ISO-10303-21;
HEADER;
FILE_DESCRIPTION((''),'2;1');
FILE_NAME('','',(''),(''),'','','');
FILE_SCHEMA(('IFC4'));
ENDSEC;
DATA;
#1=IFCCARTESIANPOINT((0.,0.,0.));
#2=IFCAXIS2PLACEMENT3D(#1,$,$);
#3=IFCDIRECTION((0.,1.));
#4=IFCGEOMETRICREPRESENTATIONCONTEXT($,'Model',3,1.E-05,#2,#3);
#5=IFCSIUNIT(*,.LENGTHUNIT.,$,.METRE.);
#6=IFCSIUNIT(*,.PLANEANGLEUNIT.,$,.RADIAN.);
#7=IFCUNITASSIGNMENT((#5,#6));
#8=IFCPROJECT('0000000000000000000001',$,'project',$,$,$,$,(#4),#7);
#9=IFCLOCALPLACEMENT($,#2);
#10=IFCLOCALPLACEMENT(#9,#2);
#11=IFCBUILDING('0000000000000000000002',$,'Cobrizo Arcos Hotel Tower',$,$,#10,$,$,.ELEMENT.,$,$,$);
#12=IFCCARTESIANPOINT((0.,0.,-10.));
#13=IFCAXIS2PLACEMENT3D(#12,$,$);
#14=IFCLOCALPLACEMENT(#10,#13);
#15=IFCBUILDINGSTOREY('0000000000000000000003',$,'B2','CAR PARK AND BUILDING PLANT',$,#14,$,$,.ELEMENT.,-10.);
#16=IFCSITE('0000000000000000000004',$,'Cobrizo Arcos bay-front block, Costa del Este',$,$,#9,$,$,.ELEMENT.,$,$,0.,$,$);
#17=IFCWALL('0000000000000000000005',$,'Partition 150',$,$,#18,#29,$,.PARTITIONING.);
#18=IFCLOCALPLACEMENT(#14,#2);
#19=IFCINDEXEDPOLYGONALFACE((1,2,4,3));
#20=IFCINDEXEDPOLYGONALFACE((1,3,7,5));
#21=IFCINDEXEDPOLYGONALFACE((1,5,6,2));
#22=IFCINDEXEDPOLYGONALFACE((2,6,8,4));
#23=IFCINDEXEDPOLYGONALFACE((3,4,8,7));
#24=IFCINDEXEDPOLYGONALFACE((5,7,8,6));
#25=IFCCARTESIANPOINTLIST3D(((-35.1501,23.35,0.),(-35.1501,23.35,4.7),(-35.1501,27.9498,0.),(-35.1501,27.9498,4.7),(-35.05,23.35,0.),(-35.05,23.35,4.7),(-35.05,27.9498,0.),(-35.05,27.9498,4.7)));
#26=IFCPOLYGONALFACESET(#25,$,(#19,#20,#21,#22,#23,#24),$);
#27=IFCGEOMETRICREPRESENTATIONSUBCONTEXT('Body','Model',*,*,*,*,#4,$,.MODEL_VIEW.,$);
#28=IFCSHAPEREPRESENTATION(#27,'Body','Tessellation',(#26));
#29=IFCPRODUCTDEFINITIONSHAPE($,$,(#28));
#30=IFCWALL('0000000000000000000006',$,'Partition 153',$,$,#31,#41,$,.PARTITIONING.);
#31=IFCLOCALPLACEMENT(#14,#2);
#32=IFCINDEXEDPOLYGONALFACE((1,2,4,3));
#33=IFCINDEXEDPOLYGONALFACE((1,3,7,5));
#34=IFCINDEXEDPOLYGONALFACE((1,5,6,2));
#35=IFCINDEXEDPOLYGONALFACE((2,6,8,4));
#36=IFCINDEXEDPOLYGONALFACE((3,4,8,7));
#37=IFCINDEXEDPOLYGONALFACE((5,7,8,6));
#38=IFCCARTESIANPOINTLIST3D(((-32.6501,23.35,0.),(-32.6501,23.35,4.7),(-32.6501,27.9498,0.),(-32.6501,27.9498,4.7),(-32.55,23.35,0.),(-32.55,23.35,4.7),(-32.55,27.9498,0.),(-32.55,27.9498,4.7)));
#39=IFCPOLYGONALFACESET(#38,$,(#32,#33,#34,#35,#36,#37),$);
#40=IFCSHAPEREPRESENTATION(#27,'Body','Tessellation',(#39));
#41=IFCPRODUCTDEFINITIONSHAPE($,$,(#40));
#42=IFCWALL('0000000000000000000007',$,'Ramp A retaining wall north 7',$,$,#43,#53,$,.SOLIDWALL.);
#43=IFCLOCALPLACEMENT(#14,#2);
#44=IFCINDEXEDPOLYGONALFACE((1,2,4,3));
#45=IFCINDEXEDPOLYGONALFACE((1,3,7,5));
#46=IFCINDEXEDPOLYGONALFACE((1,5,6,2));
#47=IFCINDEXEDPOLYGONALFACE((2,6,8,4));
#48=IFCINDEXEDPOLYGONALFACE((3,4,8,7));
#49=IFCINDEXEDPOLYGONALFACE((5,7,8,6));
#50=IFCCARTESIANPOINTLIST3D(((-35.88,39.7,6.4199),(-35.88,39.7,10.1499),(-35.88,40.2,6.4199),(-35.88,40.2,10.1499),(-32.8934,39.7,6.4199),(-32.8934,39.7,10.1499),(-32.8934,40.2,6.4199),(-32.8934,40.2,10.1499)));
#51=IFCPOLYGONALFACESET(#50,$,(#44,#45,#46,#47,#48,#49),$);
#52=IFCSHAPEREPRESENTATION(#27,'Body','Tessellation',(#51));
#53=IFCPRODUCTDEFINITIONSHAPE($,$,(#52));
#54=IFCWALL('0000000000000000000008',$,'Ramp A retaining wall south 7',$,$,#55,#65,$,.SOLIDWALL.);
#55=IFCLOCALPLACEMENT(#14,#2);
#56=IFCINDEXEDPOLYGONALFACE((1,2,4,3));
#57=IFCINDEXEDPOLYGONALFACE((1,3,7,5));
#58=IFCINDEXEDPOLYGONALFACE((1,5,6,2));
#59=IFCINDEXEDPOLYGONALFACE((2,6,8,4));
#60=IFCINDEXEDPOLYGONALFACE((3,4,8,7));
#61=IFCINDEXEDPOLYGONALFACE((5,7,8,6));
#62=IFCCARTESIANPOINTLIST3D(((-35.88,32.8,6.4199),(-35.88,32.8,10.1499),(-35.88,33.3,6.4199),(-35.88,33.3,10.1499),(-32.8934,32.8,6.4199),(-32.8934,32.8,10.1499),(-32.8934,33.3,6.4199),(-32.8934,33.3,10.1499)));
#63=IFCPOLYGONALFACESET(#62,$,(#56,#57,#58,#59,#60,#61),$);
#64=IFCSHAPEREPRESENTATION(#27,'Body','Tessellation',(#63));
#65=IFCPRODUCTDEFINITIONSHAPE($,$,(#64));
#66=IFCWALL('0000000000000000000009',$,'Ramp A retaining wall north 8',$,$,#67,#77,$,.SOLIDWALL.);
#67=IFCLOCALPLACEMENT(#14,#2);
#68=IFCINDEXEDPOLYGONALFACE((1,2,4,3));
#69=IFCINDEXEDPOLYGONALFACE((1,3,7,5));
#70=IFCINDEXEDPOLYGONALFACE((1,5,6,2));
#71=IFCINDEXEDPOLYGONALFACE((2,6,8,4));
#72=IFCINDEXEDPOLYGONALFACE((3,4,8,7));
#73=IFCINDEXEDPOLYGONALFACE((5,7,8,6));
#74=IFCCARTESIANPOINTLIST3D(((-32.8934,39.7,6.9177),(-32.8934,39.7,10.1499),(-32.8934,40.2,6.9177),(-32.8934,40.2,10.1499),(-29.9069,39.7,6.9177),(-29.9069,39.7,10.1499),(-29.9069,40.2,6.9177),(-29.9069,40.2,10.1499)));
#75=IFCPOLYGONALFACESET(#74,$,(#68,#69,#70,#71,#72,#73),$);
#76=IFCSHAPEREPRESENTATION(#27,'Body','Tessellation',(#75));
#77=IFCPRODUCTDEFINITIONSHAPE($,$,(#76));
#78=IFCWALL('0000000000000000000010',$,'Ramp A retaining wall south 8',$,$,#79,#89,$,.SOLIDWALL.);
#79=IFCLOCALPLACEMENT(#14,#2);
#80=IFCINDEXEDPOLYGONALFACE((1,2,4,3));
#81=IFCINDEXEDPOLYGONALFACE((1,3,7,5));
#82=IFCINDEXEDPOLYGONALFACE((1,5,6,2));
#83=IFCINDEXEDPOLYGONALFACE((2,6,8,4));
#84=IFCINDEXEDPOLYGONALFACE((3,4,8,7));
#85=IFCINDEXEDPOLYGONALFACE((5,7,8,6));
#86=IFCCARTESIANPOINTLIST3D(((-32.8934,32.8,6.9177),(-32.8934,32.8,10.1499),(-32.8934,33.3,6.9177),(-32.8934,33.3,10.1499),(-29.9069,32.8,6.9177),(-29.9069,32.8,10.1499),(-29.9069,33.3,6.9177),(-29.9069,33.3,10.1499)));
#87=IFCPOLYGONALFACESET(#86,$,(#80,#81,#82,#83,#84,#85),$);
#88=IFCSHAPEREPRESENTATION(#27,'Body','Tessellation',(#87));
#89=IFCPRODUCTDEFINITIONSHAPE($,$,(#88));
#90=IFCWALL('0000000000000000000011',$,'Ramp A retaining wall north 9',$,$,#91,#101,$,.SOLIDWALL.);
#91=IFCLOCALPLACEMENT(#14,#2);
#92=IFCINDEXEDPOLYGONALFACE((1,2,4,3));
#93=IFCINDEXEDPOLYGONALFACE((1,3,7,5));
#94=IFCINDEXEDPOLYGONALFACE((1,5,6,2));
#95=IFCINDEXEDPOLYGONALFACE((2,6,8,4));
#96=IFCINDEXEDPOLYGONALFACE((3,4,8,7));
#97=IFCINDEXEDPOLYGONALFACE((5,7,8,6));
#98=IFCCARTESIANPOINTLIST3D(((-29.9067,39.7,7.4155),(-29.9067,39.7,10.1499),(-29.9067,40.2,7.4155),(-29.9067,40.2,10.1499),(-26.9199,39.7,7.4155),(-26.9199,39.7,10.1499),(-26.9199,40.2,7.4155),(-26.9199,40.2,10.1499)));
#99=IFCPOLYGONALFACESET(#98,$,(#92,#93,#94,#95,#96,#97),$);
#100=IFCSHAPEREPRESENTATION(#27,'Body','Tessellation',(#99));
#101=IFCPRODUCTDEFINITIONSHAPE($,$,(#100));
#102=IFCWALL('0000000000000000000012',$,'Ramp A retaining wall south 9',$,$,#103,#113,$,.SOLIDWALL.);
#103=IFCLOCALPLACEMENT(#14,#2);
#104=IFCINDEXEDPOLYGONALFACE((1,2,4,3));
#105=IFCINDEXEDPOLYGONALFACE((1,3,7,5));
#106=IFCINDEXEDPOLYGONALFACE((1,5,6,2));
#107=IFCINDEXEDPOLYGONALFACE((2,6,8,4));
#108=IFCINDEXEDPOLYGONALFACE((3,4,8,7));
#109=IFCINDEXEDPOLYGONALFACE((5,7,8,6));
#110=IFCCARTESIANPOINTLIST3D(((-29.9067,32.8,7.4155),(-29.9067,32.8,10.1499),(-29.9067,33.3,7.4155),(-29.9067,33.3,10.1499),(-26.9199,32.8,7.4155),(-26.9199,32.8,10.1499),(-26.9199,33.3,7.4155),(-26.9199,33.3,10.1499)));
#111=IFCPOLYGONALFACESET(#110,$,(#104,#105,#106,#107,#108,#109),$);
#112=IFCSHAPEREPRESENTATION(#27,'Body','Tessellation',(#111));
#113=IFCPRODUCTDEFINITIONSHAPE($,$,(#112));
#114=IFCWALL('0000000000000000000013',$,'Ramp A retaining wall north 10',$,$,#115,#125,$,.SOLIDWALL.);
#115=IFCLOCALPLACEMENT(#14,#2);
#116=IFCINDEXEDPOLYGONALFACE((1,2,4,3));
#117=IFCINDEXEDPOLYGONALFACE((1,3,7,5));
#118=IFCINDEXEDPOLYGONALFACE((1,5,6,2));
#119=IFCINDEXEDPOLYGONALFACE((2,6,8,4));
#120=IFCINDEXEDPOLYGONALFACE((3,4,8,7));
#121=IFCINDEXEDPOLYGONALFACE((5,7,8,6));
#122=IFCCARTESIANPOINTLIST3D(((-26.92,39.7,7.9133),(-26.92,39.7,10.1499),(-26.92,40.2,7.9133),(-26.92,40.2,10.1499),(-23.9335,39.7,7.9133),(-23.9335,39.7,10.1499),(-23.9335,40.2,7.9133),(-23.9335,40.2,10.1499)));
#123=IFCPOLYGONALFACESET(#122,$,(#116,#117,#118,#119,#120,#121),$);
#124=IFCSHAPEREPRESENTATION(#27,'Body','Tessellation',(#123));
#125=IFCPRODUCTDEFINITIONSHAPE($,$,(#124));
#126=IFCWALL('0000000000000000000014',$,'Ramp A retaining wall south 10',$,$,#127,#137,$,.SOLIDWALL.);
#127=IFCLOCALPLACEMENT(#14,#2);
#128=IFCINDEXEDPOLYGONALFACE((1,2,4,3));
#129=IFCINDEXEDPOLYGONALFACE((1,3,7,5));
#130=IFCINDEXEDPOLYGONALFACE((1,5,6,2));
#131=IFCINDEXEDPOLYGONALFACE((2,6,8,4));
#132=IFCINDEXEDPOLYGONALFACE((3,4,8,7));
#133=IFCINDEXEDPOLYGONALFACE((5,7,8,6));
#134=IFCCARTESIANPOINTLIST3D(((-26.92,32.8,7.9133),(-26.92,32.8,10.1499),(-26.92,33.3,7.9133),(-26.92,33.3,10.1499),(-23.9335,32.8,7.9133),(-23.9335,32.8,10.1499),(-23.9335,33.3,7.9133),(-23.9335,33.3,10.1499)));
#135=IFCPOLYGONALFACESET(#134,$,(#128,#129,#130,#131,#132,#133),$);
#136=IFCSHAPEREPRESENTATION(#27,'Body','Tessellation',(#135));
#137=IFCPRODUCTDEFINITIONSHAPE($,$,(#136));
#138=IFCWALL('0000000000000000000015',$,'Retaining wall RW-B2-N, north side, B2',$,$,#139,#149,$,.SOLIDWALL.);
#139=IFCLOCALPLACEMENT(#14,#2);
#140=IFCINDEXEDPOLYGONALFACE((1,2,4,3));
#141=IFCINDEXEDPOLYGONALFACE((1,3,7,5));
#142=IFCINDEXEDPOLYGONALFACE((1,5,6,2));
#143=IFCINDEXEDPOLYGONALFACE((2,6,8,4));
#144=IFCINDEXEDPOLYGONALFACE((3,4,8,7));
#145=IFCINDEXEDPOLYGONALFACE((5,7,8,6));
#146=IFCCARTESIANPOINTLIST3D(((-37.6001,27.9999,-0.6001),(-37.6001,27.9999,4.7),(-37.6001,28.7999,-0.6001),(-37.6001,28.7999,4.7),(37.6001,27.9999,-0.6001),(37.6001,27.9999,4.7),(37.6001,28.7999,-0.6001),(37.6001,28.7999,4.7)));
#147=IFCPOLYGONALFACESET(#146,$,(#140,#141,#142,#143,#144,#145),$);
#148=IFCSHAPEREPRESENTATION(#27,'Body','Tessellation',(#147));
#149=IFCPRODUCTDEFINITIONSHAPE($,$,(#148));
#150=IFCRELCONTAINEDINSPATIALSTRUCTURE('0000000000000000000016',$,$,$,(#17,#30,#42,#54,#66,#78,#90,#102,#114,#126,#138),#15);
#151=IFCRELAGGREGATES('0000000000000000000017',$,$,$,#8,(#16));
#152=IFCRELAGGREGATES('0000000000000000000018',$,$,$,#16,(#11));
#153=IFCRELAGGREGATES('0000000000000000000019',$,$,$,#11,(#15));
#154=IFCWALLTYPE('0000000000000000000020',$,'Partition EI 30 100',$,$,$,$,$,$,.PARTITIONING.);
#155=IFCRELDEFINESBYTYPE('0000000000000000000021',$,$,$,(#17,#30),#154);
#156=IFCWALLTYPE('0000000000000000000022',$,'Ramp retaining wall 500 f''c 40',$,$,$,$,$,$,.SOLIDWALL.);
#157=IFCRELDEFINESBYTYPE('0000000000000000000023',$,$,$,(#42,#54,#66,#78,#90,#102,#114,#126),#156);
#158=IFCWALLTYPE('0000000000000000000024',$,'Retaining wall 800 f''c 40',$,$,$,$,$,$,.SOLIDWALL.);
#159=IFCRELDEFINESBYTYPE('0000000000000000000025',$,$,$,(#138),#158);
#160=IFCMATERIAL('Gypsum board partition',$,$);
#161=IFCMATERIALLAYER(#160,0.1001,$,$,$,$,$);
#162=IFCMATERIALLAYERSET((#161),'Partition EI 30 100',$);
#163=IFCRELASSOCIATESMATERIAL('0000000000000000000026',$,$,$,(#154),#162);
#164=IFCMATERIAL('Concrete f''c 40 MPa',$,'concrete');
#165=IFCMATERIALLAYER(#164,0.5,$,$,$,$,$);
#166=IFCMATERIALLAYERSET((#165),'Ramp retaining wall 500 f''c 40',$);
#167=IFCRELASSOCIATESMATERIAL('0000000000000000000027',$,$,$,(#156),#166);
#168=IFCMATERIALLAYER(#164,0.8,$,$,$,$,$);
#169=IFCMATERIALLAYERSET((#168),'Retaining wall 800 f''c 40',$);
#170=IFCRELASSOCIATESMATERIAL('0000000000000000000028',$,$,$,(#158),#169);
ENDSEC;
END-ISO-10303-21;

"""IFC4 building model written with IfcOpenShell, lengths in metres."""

from ifc_helpers import new_model, si_unit, direction, frame, frame_2d, origin, place, context, subcontext, project, spatial, rectangle, extrude, material, layer, layer_set, type_object, element, save


model = new_model("IFC4")

# Units and contexts
model_context = context("Model", 3, precision=1e-05, world=origin(), true_north=direction((0.0, 1.0)))
body_context = subcontext(model_context, "Body", "Model", "MODEL_VIEW")
ifc_project = project(units=[si_unit("LENGTHUNIT", "METRE"), si_unit("PLANEANGLEUNIT", "RADIAN")], contexts=[model_context])

# Site, building, storey
site_placement = place(None, origin())
site = spatial("IfcSite", under=ifc_project, at=site_placement, Name="Cobrizo Arcos bay-front block, Costa del Este", CompositionType="ELEMENT", RefElevation=0.0)
building_placement = place(site_placement, origin())
building = spatial("IfcBuilding", under=site, at=building_placement, Name="Cobrizo Arcos Hotel Tower", CompositionType="ELEMENT")
storey_placement = place(building_placement, frame((0.0, 0.0, -10.0)))
storey = spatial("IfcBuildingStorey", under=building, at=storey_placement, Name="B2", Description="CAR PARK AND BUILDING PLANT", CompositionType="ELEMENT", Elevation=-10.0)

# Shared definitions
ifc_material_1 = material(Name="Concrete f'c 40 MPa", Category="concrete")

# Walls
ifc_material_2 = material(Name="Gypsum board partition")
ifc_layer_1 = layer(ifc_material_2, 0.1001)
ifc_layer_set_1 = layer_set([ifc_layer_1], Name="Partition EI 30 100")
wall_type_1 = type_object("IfcWallType", Name="Partition EI 30 100", PredefinedType="PARTITIONING", material=ifc_layer_set_1)
for number, where, z_axis, x_axis, name in (
    (1, (-35.1001, 23.3501, 0.0), (0.0, 0.0, 1.0), (0.0, 1.0, 0.0), "Partition 150"),
    (2, (-32.6001, 23.3501, 0.0), (0.0, 0.0, 1.0), (0.0, 1.0, 0.0), "Partition 153"),
):
    element("IfcWall", number, at=place(storey_placement, frame(where, z_axis=z_axis, x_axis=x_axis)), inside=storey, type_object=wall_type_1, Name=name, PredefinedType="PARTITIONING", context=body_context, shape_type="SweptSolid", body=[
        extrude(rectangle(XDim=4.5999, YDim=0.1001, at=frame_2d((2.2998, 0.0))), origin(), (0.0, 0.0, 1.0), 4.7),
    ])
ifc_layer_2 = layer(ifc_material_1, 0.5)
ifc_layer_set_2 = layer_set([ifc_layer_2], Name="Ramp retaining wall 500 f'c 40")
wall_type_2 = type_object("IfcWallType", Name="Ramp retaining wall 500 f'c 40", PredefinedType="SOLIDWALL", material=ifc_layer_set_2)
for number, where, z_axis, x_axis, name in (
    (3, (-35.8799, 39.95, 6.4199), (0.0, 0.0, 1.0), (1.0, 0.0, 0.0), "Ramp A retaining wall north 7"),
    (4, (-35.8799, 33.05, 6.4199), (0.0, 0.0, 1.0), (1.0, 0.0, 0.0), "Ramp A retaining wall south 7"),
):
    element("IfcWall", number, at=place(storey_placement, frame(where, z_axis=z_axis, x_axis=x_axis)), inside=storey, type_object=wall_type_2, Name=name, PredefinedType="SOLIDWALL", context=body_context, shape_type="SweptSolid", body=[
        extrude(rectangle(XDim=2.9866, YDim=0.5, at=frame_2d((1.4932, 0.0))), origin(), (0.0, 0.0, 1.0), 3.73),
    ])
for number, where, z_axis, x_axis, name in (
    (5, (-32.8933, 39.95, 6.9177), (0.0, 0.0, 1.0), (1.0, 0.0, 0.0), "Ramp A retaining wall north 8"),
    (6, (-32.8933, 33.05, 6.9177), (0.0, 0.0, 1.0), (1.0, 0.0, 0.0), "Ramp A retaining wall south 8"),
):
    element("IfcWall", number, at=place(storey_placement, frame(where, z_axis=z_axis, x_axis=x_axis)), inside=storey, type_object=wall_type_2, Name=name, PredefinedType="SOLIDWALL", context=body_context, shape_type="SweptSolid", body=[
        extrude(rectangle(XDim=2.9866, YDim=0.5, at=frame_2d((1.4932, 0.0))), origin(), (0.0, 0.0, 1.0), 3.2322),
    ])
for number, where, z_axis, x_axis, name in (
    (7, (-29.9067, 39.95, 7.4155), (0.0, 0.0, 1.0), (1.0, 0.0, 0.0), "Ramp A retaining wall north 9"),
    (8, (-29.9067, 33.05, 7.4155), (0.0, 0.0, 1.0), (1.0, 0.0, 0.0), "Ramp A retaining wall south 9"),
):
    element("IfcWall", number, at=place(storey_placement, frame(where, z_axis=z_axis, x_axis=x_axis)), inside=storey, type_object=wall_type_2, Name=name, PredefinedType="SOLIDWALL", context=body_context, shape_type="SweptSolid", body=[
        extrude(rectangle(XDim=2.9868, YDim=0.5, at=frame_2d((1.4934, 0.0))), origin(), (0.0, 0.0, 1.0), 2.7344),
    ])
for number, where, z_axis, x_axis, name in (
    (9, (-26.9199, 39.95, 7.9133), (0.0, 0.0, 1.0), (1.0, 0.0, 0.0), "Ramp A retaining wall north 10"),
    (10, (-26.9199, 33.05, 7.9133), (0.0, 0.0, 1.0), (1.0, 0.0, 0.0), "Ramp A retaining wall south 10"),
):
    element("IfcWall", number, at=place(storey_placement, frame(where, z_axis=z_axis, x_axis=x_axis)), inside=storey, type_object=wall_type_2, Name=name, PredefinedType="SOLIDWALL", context=body_context, shape_type="SweptSolid", body=[
        extrude(rectangle(XDim=2.9866, YDim=0.5, at=frame_2d((1.4932, 0.0))), origin(), (0.0, 0.0, 1.0), 2.2366),
    ])
ifc_layer_3 = layer(ifc_material_1, 0.8)
ifc_layer_set_3 = layer_set([ifc_layer_3], Name="Retaining wall 800 f'c 40")
wall_type_3 = type_object("IfcWallType", Name="Retaining wall 800 f'c 40", PredefinedType="SOLIDWALL", material=ifc_layer_set_3)
wall_1_placement = place(storey_placement, frame((-37.6001, 28.3999, -0.6001), z_axis=(0.0, 0.0, 1.0), x_axis=(1.0, 0.0, 0.0)))
element("IfcWall", 11, at=wall_1_placement, inside=storey, type_object=wall_type_3, Name="Retaining wall RW-B2-N, north side, B2", PredefinedType="SOLIDWALL", context=body_context, shape_type="SweptSolid", body=[
    extrude(rectangle(XDim=75.2002, YDim=0.8, at=frame_2d((37.6001, 0.0))), origin(), (0.0, 0.0, 1.0), 5.3),
])

save(model, "model.ifc")
